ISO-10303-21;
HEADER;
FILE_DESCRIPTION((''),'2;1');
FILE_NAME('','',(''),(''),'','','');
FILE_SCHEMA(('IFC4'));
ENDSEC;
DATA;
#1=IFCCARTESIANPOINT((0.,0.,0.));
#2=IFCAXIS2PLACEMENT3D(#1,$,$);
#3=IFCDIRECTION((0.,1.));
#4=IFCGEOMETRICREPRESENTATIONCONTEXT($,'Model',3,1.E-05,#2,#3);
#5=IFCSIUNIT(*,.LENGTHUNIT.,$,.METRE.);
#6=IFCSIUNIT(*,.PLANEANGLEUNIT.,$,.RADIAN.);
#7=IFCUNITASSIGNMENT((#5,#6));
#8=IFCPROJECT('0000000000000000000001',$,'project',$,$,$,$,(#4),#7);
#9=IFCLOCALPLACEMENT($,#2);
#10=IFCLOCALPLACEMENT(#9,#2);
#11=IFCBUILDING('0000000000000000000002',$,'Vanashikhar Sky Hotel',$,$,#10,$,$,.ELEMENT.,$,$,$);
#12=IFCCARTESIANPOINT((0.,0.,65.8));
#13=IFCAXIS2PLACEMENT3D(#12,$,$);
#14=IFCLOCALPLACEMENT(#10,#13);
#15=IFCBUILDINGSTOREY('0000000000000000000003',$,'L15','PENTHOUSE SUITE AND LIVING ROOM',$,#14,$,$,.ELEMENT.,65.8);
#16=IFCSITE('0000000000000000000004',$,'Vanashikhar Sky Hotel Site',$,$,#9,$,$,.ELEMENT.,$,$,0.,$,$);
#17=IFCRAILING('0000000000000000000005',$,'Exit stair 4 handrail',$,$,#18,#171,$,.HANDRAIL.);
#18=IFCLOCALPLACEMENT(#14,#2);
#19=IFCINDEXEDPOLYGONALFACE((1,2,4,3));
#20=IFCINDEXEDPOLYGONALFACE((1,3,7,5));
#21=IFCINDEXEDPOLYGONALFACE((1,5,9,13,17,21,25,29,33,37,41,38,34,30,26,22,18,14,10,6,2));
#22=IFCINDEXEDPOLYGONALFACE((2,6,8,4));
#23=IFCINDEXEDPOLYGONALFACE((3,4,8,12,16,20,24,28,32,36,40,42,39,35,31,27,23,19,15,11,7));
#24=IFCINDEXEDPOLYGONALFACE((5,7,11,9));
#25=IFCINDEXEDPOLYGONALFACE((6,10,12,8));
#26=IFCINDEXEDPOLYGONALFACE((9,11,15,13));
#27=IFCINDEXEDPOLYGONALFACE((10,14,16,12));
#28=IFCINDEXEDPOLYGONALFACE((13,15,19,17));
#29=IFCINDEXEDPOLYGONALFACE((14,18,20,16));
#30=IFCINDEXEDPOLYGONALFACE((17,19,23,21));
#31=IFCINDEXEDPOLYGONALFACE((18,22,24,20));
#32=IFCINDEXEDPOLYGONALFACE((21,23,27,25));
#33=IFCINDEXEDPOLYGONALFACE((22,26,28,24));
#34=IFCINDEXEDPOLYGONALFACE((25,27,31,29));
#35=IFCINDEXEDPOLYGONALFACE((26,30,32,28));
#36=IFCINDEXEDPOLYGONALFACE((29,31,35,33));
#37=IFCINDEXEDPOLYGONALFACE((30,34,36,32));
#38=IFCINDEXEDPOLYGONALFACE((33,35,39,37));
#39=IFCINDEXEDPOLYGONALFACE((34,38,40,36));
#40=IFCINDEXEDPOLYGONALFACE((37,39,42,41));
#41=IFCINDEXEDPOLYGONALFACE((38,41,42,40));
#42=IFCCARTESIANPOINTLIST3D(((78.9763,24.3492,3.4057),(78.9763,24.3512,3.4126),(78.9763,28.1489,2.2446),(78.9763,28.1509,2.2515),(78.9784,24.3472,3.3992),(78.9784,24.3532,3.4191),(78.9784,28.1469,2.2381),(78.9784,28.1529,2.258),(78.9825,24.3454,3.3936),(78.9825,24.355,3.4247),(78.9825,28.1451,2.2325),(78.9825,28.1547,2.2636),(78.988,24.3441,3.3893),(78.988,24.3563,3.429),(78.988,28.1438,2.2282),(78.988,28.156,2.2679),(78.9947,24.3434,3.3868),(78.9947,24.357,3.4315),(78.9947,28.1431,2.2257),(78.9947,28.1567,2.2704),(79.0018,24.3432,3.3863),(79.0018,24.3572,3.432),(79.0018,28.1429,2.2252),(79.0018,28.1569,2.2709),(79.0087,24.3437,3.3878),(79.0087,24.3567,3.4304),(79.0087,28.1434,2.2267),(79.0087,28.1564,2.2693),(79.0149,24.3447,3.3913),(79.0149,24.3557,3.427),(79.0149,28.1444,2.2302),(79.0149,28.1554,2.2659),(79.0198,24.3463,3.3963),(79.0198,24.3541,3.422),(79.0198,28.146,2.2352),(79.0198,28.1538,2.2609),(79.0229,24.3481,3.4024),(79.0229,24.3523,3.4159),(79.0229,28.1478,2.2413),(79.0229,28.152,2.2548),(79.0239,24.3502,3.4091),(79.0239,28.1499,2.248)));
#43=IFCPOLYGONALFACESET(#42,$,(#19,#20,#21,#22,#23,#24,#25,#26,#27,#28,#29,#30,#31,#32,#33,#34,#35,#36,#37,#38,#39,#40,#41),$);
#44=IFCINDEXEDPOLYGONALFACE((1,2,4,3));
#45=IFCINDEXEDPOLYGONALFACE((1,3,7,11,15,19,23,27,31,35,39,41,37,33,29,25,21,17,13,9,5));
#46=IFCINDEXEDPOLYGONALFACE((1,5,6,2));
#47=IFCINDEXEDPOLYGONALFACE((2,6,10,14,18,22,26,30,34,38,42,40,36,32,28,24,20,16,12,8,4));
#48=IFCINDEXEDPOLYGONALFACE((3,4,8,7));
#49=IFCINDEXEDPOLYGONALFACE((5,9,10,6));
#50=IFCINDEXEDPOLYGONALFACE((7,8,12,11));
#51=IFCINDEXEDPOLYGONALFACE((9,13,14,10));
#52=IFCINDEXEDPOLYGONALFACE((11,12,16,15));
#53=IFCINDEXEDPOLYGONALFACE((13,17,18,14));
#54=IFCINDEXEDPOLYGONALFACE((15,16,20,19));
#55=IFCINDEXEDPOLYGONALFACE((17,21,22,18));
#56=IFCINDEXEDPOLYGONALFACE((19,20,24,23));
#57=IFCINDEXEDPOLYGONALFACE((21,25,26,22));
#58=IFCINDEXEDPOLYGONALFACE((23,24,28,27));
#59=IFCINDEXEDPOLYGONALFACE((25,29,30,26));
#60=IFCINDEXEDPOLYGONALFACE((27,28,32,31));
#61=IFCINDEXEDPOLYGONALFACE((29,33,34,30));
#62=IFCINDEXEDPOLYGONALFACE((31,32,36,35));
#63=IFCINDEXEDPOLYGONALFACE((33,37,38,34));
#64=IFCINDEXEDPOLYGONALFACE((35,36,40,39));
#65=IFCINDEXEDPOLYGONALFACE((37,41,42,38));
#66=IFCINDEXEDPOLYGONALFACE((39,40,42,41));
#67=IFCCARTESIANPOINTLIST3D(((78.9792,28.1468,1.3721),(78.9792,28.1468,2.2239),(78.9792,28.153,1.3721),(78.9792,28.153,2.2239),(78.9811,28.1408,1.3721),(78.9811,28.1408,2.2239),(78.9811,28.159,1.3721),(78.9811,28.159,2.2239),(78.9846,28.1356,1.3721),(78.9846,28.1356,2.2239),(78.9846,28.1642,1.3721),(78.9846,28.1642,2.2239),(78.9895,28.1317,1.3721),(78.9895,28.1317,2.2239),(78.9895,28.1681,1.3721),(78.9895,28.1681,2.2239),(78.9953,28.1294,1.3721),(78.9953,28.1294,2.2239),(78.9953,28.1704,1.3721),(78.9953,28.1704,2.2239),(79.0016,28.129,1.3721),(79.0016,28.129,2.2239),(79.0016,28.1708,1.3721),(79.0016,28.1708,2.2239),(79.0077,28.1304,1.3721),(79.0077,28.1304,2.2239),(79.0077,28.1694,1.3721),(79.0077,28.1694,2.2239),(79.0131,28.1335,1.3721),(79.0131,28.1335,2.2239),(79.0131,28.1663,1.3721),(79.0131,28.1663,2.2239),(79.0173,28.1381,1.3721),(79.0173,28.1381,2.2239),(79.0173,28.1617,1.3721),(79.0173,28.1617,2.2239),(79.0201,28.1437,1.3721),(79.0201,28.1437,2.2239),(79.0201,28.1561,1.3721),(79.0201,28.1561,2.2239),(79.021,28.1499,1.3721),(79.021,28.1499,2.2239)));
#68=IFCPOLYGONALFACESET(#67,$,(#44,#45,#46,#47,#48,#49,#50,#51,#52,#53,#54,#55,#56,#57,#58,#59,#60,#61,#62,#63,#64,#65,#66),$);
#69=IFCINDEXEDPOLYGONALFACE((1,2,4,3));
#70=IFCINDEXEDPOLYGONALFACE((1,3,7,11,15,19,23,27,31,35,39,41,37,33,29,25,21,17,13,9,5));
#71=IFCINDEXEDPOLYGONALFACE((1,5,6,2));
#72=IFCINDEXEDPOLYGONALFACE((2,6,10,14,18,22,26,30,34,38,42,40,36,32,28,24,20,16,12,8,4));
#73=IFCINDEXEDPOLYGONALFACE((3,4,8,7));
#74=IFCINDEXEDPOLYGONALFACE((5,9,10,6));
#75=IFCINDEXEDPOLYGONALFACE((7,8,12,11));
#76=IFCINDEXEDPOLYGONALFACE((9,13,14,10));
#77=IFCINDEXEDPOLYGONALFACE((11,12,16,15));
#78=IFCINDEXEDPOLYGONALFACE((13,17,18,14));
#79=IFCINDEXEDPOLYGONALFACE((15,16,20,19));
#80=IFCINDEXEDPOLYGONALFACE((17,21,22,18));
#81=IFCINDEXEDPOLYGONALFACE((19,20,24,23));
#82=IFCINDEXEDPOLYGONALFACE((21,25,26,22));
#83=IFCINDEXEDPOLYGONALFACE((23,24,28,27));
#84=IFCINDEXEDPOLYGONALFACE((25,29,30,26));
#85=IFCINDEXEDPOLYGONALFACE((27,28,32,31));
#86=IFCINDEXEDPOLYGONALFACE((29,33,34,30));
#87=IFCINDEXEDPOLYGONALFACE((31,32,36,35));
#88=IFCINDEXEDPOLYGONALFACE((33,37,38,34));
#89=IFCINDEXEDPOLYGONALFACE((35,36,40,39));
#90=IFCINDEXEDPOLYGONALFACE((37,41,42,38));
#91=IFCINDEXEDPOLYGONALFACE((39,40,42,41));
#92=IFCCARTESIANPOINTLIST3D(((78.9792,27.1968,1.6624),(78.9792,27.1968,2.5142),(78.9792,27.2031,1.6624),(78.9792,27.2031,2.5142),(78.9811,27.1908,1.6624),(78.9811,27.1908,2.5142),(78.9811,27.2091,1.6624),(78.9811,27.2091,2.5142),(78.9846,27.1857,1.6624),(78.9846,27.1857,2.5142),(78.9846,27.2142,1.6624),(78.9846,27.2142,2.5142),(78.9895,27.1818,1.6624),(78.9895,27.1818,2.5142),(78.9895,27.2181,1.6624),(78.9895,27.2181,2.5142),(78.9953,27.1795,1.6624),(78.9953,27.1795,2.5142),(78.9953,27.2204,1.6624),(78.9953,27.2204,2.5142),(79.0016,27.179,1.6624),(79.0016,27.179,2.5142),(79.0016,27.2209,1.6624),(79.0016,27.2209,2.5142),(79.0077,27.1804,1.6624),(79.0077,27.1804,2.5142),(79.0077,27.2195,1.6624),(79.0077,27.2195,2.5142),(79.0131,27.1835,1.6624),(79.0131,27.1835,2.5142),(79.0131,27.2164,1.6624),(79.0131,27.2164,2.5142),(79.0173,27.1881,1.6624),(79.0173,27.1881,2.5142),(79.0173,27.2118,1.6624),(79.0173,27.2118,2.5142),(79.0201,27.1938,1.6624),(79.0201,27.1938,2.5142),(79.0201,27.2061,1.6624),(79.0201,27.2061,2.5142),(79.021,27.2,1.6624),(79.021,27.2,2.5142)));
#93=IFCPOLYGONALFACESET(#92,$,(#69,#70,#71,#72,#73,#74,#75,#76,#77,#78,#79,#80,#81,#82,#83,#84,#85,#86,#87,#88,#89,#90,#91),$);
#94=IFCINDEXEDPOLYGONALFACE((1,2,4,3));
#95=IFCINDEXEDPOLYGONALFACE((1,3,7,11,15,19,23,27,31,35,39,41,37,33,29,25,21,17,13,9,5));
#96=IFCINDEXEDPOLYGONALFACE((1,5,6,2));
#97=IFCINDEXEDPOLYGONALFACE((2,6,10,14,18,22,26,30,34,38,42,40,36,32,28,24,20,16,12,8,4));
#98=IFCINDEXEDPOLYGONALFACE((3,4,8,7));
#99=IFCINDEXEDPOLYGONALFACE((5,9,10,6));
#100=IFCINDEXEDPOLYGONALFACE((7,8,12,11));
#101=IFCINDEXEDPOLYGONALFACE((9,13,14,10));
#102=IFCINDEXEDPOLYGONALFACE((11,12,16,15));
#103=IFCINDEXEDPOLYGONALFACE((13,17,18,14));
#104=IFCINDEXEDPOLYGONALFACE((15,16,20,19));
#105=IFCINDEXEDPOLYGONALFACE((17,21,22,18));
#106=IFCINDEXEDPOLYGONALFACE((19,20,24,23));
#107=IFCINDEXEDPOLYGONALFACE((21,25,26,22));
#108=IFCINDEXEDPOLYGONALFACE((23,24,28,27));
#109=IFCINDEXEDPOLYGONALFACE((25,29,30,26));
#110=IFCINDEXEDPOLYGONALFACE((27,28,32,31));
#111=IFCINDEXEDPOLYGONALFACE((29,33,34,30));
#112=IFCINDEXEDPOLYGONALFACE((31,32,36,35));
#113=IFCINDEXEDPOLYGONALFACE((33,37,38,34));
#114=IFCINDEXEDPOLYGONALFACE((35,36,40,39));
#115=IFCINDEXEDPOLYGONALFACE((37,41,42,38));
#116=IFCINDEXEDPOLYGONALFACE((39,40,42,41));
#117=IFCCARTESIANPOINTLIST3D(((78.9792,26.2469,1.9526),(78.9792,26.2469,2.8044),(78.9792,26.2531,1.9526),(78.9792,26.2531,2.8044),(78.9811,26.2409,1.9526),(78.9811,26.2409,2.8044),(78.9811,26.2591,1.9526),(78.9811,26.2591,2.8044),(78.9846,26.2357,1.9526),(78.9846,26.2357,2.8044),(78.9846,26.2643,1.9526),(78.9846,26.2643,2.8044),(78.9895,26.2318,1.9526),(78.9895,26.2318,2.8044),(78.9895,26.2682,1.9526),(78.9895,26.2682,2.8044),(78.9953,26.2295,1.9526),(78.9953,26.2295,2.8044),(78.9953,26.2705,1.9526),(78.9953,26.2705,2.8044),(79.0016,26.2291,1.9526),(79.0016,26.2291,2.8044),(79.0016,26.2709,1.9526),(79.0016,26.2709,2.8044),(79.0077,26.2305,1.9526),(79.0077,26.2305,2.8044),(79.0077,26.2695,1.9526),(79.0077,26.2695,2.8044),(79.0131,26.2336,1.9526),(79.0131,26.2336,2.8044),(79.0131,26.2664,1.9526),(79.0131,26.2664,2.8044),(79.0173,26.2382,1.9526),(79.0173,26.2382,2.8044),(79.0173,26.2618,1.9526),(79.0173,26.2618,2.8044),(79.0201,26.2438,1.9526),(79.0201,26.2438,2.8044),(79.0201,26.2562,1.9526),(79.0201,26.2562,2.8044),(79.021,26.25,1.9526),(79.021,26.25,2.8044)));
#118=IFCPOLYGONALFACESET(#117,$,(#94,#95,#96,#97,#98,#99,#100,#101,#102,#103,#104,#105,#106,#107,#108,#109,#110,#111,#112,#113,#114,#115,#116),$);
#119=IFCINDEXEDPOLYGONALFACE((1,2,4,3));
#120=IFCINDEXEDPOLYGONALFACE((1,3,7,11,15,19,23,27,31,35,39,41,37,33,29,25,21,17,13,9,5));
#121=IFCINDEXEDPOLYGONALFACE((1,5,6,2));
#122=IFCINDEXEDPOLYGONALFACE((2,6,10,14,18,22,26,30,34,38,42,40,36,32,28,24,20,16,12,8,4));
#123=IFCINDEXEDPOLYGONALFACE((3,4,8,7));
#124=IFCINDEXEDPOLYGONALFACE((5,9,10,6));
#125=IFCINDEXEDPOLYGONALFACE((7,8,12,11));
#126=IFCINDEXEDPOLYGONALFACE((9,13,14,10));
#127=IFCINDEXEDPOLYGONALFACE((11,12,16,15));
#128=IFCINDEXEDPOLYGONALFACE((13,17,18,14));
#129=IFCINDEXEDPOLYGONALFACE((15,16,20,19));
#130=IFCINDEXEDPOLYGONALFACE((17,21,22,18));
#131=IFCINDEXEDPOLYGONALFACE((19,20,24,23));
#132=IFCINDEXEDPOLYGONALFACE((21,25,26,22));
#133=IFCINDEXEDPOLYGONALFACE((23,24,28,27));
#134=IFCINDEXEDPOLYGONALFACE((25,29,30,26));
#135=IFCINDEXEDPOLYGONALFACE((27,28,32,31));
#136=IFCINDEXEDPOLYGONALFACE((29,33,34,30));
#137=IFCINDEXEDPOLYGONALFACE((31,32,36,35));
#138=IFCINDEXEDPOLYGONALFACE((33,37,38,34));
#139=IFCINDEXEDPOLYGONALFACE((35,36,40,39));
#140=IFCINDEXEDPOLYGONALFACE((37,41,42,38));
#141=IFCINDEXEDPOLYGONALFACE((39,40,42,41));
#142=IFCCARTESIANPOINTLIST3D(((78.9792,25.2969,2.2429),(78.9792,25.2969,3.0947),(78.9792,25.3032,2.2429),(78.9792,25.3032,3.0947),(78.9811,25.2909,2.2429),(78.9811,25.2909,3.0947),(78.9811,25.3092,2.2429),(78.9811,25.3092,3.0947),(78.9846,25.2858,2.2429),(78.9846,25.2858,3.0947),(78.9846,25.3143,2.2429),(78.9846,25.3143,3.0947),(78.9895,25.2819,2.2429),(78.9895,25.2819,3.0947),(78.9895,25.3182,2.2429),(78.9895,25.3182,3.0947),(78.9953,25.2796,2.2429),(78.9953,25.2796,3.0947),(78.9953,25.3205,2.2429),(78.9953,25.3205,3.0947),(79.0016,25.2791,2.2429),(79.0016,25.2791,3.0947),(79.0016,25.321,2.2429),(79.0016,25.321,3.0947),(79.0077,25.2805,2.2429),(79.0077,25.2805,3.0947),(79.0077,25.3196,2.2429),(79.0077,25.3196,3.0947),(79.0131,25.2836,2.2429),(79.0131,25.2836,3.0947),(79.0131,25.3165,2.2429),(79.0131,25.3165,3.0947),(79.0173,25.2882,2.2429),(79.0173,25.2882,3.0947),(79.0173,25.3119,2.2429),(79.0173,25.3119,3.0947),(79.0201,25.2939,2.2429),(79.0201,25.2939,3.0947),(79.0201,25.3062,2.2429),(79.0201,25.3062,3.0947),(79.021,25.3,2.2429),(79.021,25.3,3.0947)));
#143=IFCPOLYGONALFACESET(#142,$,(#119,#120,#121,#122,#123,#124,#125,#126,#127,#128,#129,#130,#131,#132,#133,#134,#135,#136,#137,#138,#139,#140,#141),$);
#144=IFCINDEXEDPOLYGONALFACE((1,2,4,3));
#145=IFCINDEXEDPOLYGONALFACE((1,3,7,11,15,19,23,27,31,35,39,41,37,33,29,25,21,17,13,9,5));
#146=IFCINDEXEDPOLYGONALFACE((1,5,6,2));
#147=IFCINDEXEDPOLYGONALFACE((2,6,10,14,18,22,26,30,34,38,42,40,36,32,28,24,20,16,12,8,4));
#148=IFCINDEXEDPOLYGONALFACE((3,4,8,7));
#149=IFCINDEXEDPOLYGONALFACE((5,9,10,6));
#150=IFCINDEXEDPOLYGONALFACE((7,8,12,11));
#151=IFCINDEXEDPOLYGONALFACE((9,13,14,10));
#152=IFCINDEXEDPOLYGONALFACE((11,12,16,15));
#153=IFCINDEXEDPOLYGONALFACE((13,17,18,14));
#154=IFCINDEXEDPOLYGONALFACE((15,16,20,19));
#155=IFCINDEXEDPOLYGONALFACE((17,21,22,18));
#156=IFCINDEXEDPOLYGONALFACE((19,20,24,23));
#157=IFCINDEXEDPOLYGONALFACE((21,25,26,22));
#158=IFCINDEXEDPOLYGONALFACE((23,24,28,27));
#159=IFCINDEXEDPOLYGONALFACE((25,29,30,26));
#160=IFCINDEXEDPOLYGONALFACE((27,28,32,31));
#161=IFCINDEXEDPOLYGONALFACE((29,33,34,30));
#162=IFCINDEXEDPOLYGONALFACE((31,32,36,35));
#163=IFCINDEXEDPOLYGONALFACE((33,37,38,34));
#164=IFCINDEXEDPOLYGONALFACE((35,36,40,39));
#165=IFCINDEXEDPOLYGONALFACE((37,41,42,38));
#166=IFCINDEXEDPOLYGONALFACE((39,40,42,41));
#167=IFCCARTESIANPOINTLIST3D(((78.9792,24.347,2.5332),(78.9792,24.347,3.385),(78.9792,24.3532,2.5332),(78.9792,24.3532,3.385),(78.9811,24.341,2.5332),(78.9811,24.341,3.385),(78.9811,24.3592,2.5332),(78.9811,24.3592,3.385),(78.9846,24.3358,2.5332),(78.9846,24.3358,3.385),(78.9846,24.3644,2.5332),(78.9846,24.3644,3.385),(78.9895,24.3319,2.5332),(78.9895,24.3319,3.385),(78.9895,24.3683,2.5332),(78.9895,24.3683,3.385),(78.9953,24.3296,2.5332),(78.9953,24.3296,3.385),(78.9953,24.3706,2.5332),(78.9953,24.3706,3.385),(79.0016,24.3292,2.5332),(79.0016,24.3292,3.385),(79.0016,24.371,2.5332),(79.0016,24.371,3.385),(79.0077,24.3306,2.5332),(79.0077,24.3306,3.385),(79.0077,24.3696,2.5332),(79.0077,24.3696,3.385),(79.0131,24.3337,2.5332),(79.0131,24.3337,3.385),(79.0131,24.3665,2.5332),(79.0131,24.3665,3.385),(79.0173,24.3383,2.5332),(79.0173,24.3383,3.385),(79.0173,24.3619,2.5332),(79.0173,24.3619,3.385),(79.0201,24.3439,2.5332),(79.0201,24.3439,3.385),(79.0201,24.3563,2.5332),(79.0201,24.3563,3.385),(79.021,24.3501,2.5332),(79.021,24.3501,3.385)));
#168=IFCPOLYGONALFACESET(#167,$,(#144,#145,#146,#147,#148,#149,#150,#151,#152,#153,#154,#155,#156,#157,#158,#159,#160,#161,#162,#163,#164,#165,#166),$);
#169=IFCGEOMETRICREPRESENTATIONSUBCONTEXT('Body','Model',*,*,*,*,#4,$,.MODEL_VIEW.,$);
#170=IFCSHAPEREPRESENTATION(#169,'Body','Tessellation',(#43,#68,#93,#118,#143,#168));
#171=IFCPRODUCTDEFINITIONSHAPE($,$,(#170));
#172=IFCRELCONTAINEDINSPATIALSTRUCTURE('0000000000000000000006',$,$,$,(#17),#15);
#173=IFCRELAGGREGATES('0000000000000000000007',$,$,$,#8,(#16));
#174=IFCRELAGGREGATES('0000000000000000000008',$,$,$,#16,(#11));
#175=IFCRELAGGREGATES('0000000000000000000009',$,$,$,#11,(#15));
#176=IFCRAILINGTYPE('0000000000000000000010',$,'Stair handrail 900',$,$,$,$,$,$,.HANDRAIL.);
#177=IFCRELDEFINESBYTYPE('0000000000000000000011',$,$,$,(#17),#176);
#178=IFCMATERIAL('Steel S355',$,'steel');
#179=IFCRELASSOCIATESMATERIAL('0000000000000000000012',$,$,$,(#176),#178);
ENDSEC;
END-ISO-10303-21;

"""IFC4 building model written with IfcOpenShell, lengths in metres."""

from ifc_helpers import new_model, si_unit, direction, frame, origin, origin_2d, place, context, subcontext, project, spatial, circle, extrude, source, transform, mapped, material, type_object, element, save


model = new_model("IFC4")

# Units and contexts
model_context = context("Model", 3, precision=1e-05, world=origin(), true_north=direction((0.0, 1.0)))
body_context = subcontext(model_context, "Body", "Model", "MODEL_VIEW")
ifc_project = project(units=[si_unit("LENGTHUNIT", "METRE"), si_unit("PLANEANGLEUNIT", "RADIAN")], contexts=[model_context])

# Site, building, storey
site_placement = place(None, origin())
site = spatial("IfcSite", under=ifc_project, at=site_placement, Name="Vanashikhar Sky Hotel Site", CompositionType="ELEMENT", RefElevation=0.0)
building_placement = place(site_placement, origin())
building = spatial("IfcBuilding", under=site, at=building_placement, Name="Vanashikhar Sky Hotel", CompositionType="ELEMENT")
storey_placement = place(building_placement, frame((0.0, 0.0, 65.8)))
storey = spatial("IfcBuildingStorey", under=building, at=storey_placement, Name="L15", Description="PENTHOUSE SUITE AND LIVING ROOM", CompositionType="ELEMENT", Elevation=65.8)

# Railing
ifc_material_1 = material(Name="Steel S355", Category="steel")
railing_type_1 = type_object("IfcRailingType", Name="Stair handrail 900", PredefinedType="HANDRAIL", material=ifc_material_1)
shared_shape_1 = source(origin(), body_context, "Body", "SweptSolid", [
    extrude(circle(Radius=0.0239, at=origin_2d()), frame((0.0, 0.0, 0.876), z_axis=(0.0, -0.956346, 0.292237), x_axis=(1.0, 0.0, 0.0)), (0.0, 0.0, 1.0), 3.9731),
    extrude(circle(Radius=0.021, at=origin_2d()), origin(), (0.0, 0.0, 1.0), 0.8518),
    extrude(circle(Radius=0.021, at=origin_2d()), frame((0.0, -0.95, 0.2903)), (0.0, 0.0, 1.0), 0.8518),
    extrude(circle(Radius=0.021, at=origin_2d()), frame((0.0, -1.8999, 0.5806)), (0.0, 0.0, 1.0), 0.8518),
    extrude(circle(Radius=0.021, at=origin_2d()), frame((0.0, -2.8499, 0.8708)), (0.0, 0.0, 1.0), 0.8518),
    extrude(circle(Radius=0.021, at=origin_2d()), frame((0.0, -3.7998, 1.1611)), (0.0, 0.0, 1.0), 0.8518),
])
railing_1_placement = place(storey_placement, frame((79.0, 28.1499, 1.3721)))
element("IfcRailing", 1, at=railing_1_placement, inside=storey, type_object=railing_type_1, Name="Exit stair 4 handrail", PredefinedType="HANDRAIL", context=body_context, shape_type="MappedRepresentation", body=[
    mapped(shared_shape_1, transform((0.0, 0.0, 0.0), scale=1.0)),
])

save(model, "model.ifc")
